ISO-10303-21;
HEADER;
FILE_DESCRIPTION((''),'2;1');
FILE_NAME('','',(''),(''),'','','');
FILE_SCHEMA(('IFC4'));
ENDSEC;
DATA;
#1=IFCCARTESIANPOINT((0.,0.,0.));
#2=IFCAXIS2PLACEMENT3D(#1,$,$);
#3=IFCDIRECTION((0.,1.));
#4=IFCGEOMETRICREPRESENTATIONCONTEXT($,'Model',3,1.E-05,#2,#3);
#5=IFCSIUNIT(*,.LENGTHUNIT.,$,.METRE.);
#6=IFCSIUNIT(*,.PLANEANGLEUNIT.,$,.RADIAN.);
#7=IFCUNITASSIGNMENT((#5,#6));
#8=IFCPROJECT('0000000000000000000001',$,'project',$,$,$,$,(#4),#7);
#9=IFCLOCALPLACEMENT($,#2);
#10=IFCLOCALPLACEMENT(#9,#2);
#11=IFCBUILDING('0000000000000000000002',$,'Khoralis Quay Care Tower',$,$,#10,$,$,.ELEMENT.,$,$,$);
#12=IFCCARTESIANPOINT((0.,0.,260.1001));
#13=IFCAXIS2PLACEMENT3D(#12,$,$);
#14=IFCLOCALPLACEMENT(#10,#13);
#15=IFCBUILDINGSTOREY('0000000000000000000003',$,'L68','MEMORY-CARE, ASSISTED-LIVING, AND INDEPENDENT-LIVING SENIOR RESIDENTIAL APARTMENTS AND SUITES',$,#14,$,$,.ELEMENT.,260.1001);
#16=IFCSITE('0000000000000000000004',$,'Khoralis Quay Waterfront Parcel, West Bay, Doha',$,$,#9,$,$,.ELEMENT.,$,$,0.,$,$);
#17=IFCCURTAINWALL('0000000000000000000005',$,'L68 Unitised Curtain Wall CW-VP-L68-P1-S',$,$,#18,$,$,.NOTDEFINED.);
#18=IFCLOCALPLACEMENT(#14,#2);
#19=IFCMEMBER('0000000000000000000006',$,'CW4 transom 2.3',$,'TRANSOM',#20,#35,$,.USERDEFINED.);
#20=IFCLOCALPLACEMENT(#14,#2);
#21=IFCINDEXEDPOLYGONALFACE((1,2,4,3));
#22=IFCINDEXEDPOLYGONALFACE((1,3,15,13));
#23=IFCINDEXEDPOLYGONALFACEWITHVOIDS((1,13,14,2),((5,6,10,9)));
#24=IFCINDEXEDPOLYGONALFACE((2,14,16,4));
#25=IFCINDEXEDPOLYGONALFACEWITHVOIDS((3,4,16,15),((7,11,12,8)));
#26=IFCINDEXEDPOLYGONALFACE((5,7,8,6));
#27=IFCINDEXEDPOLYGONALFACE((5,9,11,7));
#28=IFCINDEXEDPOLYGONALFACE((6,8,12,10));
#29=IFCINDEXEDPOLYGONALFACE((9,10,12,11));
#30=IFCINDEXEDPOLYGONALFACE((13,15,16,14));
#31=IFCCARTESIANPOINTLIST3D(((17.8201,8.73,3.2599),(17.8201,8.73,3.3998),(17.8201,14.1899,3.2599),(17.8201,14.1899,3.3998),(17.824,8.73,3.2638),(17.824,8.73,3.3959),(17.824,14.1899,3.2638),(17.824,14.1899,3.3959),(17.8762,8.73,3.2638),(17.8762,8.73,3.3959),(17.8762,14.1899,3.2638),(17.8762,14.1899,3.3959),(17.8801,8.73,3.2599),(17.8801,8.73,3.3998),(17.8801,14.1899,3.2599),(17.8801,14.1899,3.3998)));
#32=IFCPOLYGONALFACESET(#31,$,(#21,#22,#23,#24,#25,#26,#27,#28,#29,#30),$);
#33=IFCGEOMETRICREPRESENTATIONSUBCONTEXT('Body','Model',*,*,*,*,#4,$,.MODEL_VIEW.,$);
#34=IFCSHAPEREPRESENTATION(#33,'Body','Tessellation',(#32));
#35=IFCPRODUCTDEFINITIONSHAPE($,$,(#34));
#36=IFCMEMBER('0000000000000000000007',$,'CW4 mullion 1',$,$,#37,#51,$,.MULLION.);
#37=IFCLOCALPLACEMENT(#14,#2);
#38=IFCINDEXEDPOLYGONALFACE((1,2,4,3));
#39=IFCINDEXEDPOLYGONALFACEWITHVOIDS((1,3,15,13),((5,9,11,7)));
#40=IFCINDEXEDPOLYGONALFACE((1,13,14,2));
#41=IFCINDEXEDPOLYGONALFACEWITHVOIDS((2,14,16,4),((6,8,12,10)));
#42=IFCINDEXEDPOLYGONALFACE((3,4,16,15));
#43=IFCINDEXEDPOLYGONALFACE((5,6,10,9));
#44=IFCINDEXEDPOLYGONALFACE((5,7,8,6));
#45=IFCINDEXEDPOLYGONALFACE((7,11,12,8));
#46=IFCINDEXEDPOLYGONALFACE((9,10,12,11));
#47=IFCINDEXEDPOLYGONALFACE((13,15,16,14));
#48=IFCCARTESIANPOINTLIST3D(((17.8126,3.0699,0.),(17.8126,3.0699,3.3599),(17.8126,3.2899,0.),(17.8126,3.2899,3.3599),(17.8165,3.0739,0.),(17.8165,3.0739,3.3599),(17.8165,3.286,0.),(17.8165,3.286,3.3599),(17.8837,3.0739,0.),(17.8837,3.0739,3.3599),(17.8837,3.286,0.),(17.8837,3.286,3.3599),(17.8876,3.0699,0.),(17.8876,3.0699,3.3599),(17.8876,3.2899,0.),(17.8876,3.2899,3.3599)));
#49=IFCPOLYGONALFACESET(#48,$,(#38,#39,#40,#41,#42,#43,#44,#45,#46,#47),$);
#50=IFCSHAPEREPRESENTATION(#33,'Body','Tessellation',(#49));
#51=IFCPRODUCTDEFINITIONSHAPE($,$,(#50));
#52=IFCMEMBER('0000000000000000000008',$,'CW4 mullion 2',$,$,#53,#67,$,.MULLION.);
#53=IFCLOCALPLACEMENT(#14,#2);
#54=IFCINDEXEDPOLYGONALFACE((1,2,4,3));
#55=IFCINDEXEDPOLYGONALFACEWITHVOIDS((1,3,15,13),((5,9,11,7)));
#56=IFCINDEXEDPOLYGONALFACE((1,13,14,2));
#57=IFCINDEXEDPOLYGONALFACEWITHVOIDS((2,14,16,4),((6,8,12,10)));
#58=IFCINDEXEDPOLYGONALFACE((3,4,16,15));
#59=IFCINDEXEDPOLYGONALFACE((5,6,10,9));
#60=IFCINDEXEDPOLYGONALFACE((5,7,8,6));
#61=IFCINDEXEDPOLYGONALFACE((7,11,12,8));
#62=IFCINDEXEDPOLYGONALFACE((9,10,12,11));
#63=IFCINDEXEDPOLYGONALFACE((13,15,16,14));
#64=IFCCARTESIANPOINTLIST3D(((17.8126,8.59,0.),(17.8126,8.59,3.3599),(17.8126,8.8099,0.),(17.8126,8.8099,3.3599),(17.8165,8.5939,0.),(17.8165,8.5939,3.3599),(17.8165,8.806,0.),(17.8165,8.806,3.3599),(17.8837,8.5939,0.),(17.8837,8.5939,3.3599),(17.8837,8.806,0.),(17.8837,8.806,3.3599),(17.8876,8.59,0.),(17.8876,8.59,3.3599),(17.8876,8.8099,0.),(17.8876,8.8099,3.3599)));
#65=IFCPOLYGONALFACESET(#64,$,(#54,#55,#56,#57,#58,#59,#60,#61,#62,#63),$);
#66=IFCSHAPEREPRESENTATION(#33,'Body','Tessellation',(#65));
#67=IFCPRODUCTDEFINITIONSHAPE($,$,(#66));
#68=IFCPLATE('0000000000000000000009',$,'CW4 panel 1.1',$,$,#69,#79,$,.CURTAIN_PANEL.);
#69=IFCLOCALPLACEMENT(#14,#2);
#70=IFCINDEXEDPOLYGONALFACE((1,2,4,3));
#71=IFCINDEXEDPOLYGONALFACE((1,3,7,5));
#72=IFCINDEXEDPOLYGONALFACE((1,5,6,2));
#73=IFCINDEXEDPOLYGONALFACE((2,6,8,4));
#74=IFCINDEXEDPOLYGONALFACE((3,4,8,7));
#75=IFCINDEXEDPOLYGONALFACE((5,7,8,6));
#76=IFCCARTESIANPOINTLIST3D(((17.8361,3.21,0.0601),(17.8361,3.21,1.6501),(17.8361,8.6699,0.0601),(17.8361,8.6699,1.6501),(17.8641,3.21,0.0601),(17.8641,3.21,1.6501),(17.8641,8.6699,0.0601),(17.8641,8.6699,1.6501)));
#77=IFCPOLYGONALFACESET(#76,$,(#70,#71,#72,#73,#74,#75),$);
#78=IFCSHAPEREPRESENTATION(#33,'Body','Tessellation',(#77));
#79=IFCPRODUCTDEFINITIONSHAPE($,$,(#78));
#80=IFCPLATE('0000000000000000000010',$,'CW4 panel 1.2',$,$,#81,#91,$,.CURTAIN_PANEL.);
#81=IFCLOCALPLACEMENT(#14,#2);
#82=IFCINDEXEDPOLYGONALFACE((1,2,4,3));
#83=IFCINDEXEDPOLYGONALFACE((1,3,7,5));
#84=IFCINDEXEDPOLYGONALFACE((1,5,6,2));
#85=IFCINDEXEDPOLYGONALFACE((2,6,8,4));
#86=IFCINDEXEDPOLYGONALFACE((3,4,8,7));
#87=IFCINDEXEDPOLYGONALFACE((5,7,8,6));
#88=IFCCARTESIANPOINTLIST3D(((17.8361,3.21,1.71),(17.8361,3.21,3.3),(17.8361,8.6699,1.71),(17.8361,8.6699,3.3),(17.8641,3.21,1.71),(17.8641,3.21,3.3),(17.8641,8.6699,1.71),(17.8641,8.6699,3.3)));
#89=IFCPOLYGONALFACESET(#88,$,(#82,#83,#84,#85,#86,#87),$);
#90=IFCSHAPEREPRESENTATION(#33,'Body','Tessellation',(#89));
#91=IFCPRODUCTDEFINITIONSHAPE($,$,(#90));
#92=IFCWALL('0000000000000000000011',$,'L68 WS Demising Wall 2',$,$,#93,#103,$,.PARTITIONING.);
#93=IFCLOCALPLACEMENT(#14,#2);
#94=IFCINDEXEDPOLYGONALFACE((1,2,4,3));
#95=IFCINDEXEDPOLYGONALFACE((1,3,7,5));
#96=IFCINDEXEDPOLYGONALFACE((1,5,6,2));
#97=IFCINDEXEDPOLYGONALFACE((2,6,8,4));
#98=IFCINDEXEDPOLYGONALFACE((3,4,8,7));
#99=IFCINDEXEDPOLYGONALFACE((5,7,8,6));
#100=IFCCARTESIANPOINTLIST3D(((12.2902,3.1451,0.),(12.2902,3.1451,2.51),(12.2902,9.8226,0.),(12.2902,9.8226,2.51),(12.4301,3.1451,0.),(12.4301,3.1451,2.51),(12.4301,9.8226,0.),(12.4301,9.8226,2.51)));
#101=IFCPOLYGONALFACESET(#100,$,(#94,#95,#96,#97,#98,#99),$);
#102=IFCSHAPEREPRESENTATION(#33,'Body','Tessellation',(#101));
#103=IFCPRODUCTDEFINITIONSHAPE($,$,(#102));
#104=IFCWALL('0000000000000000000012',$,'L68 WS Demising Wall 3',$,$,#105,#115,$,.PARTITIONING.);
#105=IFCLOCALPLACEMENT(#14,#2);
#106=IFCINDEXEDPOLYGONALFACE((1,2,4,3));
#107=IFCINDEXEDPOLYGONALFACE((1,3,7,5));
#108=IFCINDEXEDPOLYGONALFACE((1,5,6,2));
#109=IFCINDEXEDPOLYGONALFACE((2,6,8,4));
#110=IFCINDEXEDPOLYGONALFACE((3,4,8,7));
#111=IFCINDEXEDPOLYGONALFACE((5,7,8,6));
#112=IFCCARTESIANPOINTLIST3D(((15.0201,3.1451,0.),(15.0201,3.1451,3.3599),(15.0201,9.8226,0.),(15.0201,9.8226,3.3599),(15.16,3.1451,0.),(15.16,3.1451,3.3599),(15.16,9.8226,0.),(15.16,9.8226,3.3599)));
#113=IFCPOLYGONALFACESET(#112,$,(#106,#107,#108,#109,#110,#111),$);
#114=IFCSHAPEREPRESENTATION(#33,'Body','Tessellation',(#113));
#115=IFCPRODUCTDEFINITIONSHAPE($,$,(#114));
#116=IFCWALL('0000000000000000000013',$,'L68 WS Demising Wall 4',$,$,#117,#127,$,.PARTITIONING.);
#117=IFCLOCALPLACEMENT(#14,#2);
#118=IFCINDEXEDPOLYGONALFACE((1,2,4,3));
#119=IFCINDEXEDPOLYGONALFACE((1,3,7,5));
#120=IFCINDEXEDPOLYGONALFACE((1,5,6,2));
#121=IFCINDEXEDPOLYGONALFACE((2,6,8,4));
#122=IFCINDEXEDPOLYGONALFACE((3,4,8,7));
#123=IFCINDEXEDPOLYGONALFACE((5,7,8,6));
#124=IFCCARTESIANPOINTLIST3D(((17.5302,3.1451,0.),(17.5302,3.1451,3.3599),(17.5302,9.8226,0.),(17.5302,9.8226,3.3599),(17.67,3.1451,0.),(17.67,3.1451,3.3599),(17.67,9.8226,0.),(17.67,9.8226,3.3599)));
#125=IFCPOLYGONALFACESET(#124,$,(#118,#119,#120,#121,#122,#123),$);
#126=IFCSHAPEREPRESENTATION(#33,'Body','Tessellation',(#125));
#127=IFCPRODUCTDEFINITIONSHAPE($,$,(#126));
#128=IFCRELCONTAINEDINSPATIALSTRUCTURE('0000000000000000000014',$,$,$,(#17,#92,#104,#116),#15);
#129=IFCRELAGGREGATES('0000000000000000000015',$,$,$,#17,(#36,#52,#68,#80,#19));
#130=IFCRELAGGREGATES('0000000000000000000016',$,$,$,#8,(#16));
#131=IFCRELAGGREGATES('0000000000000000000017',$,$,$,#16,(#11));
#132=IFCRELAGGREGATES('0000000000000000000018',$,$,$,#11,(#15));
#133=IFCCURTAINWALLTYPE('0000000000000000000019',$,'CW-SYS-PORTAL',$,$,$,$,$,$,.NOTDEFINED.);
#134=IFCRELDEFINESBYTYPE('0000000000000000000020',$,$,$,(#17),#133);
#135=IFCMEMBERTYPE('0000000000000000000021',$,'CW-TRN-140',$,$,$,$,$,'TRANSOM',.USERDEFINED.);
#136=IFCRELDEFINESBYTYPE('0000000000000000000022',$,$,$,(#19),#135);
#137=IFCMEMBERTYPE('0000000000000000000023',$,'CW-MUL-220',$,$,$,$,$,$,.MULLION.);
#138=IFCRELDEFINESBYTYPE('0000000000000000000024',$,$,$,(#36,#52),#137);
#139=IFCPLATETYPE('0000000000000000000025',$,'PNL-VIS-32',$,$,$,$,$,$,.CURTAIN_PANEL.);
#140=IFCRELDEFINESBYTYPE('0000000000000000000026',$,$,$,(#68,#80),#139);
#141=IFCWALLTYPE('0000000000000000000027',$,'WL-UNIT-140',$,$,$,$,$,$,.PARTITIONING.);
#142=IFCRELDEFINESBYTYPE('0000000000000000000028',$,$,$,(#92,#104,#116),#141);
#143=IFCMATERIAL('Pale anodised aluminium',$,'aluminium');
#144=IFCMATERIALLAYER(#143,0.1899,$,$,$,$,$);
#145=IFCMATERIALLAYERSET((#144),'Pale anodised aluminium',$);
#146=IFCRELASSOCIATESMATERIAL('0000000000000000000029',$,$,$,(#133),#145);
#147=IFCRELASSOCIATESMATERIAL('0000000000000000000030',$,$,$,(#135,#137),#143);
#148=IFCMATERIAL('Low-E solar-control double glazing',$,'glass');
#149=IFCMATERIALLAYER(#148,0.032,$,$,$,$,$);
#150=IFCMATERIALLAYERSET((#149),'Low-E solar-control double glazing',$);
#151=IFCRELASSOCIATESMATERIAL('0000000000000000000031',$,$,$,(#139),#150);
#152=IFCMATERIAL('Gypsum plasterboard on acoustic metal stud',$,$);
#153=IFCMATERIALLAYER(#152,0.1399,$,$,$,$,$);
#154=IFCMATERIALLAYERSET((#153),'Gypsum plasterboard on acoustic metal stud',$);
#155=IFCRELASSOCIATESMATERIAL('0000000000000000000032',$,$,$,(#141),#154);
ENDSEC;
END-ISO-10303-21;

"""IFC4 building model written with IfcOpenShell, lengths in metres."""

from ifc_helpers import new_model, si_unit, direction, frame, frame_2d, origin, origin_2d, place, context, subcontext, project, spatial, rectangle, hollow_rectangle, extrude, source, transform, mapped, material, layer, layer_set, material_profile, profile_set, type_object, element, aggregate, save


model = new_model("IFC4")

# Units and contexts
model_context = context("Model", 3, precision=1e-05, world=origin(), true_north=direction((0.0, 1.0)))
body_context = subcontext(model_context, "Body", "Model", "MODEL_VIEW")
ifc_project = project(units=[si_unit("LENGTHUNIT", "METRE"), si_unit("PLANEANGLEUNIT", "RADIAN")], contexts=[model_context])

# Site, building, storey
site_placement = place(None, origin())
site = spatial("IfcSite", under=ifc_project, at=site_placement, Name="Khoralis Quay Waterfront Parcel, West Bay, Doha", CompositionType="ELEMENT", RefElevation=0.0)
building_placement = place(site_placement, origin())
building = spatial("IfcBuilding", under=site, at=building_placement, Name="Khoralis Quay Care Tower", CompositionType="ELEMENT")
storey_placement = place(building_placement, frame((0.0, 0.0, 260.1001)))
storey = spatial("IfcBuildingStorey", under=building, at=storey_placement, Name="L68", Description="MEMORY-CARE, ASSISTED-LIVING, AND INDEPENDENT-LIVING SENIOR RESIDENTIAL APARTMENTS AND SUITES", CompositionType="ELEMENT", Elevation=260.1001)

# Curtain wall, members, plates
ifc_material_1 = material(Name="Pale anodised aluminium", Category="aluminium")
ifc_layer_1 = layer(ifc_material_1, 0.1899)
ifc_layer_set_1 = layer_set([ifc_layer_1], Name="Pale anodised aluminium")
curtain_wall_type = type_object("IfcCurtainWallType", Name="CW-SYS-PORTAL", PredefinedType="NOTDEFINED", material=ifc_layer_set_1)
curtain_wall_placement = place(storey_placement, origin())
curtain_wall = element("IfcCurtainWall", 1, at=curtain_wall_placement, inside=storey, type_object=curtain_wall_type, Name="L68 Unitised Curtain Wall CW-VP-L68-P1-S", PredefinedType="NOTDEFINED")
ifc_material_profile_1 = material_profile(ifc_material_1, hollow_rectangle(XDim=0.0601, YDim=0.1399, WallThickness=0.0039, at=origin_2d()), Name="Pale anodised aluminium")
ifc_profile_set_1 = profile_set([ifc_material_profile_1], Name="Pale anodised aluminium")
member_type_1 = type_object("IfcMemberType", Name="CW-TRN-140", ElementType="TRANSOM", PredefinedType="USERDEFINED", material=ifc_profile_set_1)
shared_shape_1 = source(origin(), body_context, "Body", "SweptSolid", [
    extrude(hollow_rectangle(XDim=0.0601, YDim=0.1399, WallThickness=0.0039, at=origin_2d()), origin(), (0.0, 0.0, 1.0), 5.46),
])
member_1_placement = place(storey_placement, frame((17.8501, 8.73, 3.3298), z_axis=(0.0, 1.0, 0.0), x_axis=(-1.0, 0.0, 0.0)))
member_1 = element("IfcMember", 2, at=member_1_placement, type_object=member_type_1, Name="CW4 transom 2.3", ObjectType="TRANSOM", PredefinedType="USERDEFINED", context=body_context, shape_type="MappedRepresentation", body=[
    mapped(shared_shape_1, transform((0.0, 0.0, 0.0), scale=1.0)),
])
ifc_material_profile_2 = material_profile(ifc_material_1, hollow_rectangle(XDim=0.075, YDim=0.22, WallThickness=0.0039, at=origin_2d()), Name="Pale anodised aluminium")
ifc_profile_set_2 = profile_set([ifc_material_profile_2], Name="Pale anodised aluminium")
member_type_2 = type_object("IfcMemberType", Name="CW-MUL-220", PredefinedType="MULLION", material=ifc_profile_set_2)
shared_shape_2 = source(origin(), body_context, "Body", "SweptSolid", [
    extrude(hollow_rectangle(XDim=0.075, YDim=0.22, WallThickness=0.0039, at=origin_2d()), origin(), (0.0, 0.0, 1.0), 3.3599),
])
member_2_placement = place(storey_placement, frame((17.8501, 3.1799, 0.0), z_axis=(0.0, 0.0, 1.0), x_axis=(-1.0, 0.0, 0.0)))
member_2 = element("IfcMember", 3, at=member_2_placement, type_object=member_type_2, Name="CW4 mullion 1", PredefinedType="MULLION", context=body_context, shape_type="MappedRepresentation", body=[
    mapped(shared_shape_2, transform((0.0, 0.0, 0.0), scale=1.0)),
])
member_3_placement = place(storey_placement, frame((17.8501, 8.7, 0.0), z_axis=(0.0, 0.0, 1.0), x_axis=(-1.0, 0.0, 0.0)))
member_3 = element("IfcMember", 4, at=member_3_placement, type_object=member_type_2, Name="CW4 mullion 2", PredefinedType="MULLION", context=body_context, shape_type="MappedRepresentation", body=[
    mapped(shared_shape_2, transform((0.0, 0.0, 0.0), scale=1.0)),
])
ifc_material_2 = material(Name="Low-E solar-control double glazing", Category="glass")
ifc_layer_2 = layer(ifc_material_2, 0.032)
ifc_layer_set_2 = layer_set([ifc_layer_2], Name="Low-E solar-control double glazing")
plate_type = type_object("IfcPlateType", Name="PNL-VIS-32", PredefinedType="CURTAIN_PANEL", material=ifc_layer_set_2)
shared_shape_3 = source(origin(), body_context, "Body", "SweptSolid", [
    extrude(rectangle(XDim=5.46, YDim=0.0281, at=origin_2d()), origin(), (0.0, 0.0, 1.0), 1.5901),
])
plate_1_placement = place(storey_placement, frame((17.8501, 5.9399, 0.0601), z_axis=(0.0, 0.0, 1.0), x_axis=(0.0, 1.0, 0.0)))
plate_1 = element("IfcPlate", 5, at=plate_1_placement, type_object=plate_type, Name="CW4 panel 1.1", PredefinedType="CURTAIN_PANEL", context=body_context, shape_type="MappedRepresentation", body=[
    mapped(shared_shape_3, transform((0.0, 0.0, 0.0), scale=1.0)),
])
plate_2_placement = place(storey_placement, frame((17.8501, 5.9399, 1.71), z_axis=(0.0, 0.0, 1.0), x_axis=(0.0, 1.0, 0.0)))
plate_2 = element("IfcPlate", 6, at=plate_2_placement, type_object=plate_type, Name="CW4 panel 1.2", PredefinedType="CURTAIN_PANEL", context=body_context, shape_type="MappedRepresentation", body=[
    mapped(shared_shape_3, transform((0.0, 0.0, 0.0), scale=1.0)),
])
aggregate(curtain_wall, [member_2, member_3, plate_1, plate_2, member_1])

# Walls
ifc_material_3 = material(Name="Gypsum plasterboard on acoustic metal stud")
ifc_layer_3 = layer(ifc_material_3, 0.1399)
ifc_layer_set_3 = layer_set([ifc_layer_3], Name="Gypsum plasterboard on acoustic metal stud")
wall_type = type_object("IfcWallType", Name="WL-UNIT-140", PredefinedType="PARTITIONING", material=ifc_layer_set_3)
wall_placement = place(storey_placement, frame((12.3601, 3.145, 0.0), z_axis=(0.0, 0.0, 1.0), x_axis=(0.0, 1.0, 0.0)))
element("IfcWall", 7, at=wall_placement, inside=storey, type_object=wall_type, Name="L68 WS Demising Wall 2", PredefinedType="PARTITIONING", context=body_context, shape_type="SweptSolid", body=[
    extrude(rectangle(XDim=6.6775, YDim=0.1399, at=frame_2d((3.3389, 0.0))), origin(), (0.0, 0.0, 1.0), 2.51),
])
for number, where, z_axis, x_axis, name in (
    (8, (15.0901, 3.145, 0.0), (0.0, 0.0, 1.0), (0.0, 1.0, 0.0), "L68 WS Demising Wall 3"),
    (9, (17.6001, 3.145, 0.0), (0.0, 0.0, 1.0), (0.0, 1.0, 0.0), "L68 WS Demising Wall 4"),
):
    element("IfcWall", number, at=place(storey_placement, frame(where, z_axis=z_axis, x_axis=x_axis)), inside=storey, type_object=wall_type, Name=name, PredefinedType="PARTITIONING", context=body_context, shape_type="SweptSolid", body=[
        extrude(rectangle(XDim=6.6775, YDim=0.1399, at=frame_2d((3.3389, 0.0))), origin(), (0.0, 0.0, 1.0), 3.3599),
    ])

save(model, "model.ifc")
